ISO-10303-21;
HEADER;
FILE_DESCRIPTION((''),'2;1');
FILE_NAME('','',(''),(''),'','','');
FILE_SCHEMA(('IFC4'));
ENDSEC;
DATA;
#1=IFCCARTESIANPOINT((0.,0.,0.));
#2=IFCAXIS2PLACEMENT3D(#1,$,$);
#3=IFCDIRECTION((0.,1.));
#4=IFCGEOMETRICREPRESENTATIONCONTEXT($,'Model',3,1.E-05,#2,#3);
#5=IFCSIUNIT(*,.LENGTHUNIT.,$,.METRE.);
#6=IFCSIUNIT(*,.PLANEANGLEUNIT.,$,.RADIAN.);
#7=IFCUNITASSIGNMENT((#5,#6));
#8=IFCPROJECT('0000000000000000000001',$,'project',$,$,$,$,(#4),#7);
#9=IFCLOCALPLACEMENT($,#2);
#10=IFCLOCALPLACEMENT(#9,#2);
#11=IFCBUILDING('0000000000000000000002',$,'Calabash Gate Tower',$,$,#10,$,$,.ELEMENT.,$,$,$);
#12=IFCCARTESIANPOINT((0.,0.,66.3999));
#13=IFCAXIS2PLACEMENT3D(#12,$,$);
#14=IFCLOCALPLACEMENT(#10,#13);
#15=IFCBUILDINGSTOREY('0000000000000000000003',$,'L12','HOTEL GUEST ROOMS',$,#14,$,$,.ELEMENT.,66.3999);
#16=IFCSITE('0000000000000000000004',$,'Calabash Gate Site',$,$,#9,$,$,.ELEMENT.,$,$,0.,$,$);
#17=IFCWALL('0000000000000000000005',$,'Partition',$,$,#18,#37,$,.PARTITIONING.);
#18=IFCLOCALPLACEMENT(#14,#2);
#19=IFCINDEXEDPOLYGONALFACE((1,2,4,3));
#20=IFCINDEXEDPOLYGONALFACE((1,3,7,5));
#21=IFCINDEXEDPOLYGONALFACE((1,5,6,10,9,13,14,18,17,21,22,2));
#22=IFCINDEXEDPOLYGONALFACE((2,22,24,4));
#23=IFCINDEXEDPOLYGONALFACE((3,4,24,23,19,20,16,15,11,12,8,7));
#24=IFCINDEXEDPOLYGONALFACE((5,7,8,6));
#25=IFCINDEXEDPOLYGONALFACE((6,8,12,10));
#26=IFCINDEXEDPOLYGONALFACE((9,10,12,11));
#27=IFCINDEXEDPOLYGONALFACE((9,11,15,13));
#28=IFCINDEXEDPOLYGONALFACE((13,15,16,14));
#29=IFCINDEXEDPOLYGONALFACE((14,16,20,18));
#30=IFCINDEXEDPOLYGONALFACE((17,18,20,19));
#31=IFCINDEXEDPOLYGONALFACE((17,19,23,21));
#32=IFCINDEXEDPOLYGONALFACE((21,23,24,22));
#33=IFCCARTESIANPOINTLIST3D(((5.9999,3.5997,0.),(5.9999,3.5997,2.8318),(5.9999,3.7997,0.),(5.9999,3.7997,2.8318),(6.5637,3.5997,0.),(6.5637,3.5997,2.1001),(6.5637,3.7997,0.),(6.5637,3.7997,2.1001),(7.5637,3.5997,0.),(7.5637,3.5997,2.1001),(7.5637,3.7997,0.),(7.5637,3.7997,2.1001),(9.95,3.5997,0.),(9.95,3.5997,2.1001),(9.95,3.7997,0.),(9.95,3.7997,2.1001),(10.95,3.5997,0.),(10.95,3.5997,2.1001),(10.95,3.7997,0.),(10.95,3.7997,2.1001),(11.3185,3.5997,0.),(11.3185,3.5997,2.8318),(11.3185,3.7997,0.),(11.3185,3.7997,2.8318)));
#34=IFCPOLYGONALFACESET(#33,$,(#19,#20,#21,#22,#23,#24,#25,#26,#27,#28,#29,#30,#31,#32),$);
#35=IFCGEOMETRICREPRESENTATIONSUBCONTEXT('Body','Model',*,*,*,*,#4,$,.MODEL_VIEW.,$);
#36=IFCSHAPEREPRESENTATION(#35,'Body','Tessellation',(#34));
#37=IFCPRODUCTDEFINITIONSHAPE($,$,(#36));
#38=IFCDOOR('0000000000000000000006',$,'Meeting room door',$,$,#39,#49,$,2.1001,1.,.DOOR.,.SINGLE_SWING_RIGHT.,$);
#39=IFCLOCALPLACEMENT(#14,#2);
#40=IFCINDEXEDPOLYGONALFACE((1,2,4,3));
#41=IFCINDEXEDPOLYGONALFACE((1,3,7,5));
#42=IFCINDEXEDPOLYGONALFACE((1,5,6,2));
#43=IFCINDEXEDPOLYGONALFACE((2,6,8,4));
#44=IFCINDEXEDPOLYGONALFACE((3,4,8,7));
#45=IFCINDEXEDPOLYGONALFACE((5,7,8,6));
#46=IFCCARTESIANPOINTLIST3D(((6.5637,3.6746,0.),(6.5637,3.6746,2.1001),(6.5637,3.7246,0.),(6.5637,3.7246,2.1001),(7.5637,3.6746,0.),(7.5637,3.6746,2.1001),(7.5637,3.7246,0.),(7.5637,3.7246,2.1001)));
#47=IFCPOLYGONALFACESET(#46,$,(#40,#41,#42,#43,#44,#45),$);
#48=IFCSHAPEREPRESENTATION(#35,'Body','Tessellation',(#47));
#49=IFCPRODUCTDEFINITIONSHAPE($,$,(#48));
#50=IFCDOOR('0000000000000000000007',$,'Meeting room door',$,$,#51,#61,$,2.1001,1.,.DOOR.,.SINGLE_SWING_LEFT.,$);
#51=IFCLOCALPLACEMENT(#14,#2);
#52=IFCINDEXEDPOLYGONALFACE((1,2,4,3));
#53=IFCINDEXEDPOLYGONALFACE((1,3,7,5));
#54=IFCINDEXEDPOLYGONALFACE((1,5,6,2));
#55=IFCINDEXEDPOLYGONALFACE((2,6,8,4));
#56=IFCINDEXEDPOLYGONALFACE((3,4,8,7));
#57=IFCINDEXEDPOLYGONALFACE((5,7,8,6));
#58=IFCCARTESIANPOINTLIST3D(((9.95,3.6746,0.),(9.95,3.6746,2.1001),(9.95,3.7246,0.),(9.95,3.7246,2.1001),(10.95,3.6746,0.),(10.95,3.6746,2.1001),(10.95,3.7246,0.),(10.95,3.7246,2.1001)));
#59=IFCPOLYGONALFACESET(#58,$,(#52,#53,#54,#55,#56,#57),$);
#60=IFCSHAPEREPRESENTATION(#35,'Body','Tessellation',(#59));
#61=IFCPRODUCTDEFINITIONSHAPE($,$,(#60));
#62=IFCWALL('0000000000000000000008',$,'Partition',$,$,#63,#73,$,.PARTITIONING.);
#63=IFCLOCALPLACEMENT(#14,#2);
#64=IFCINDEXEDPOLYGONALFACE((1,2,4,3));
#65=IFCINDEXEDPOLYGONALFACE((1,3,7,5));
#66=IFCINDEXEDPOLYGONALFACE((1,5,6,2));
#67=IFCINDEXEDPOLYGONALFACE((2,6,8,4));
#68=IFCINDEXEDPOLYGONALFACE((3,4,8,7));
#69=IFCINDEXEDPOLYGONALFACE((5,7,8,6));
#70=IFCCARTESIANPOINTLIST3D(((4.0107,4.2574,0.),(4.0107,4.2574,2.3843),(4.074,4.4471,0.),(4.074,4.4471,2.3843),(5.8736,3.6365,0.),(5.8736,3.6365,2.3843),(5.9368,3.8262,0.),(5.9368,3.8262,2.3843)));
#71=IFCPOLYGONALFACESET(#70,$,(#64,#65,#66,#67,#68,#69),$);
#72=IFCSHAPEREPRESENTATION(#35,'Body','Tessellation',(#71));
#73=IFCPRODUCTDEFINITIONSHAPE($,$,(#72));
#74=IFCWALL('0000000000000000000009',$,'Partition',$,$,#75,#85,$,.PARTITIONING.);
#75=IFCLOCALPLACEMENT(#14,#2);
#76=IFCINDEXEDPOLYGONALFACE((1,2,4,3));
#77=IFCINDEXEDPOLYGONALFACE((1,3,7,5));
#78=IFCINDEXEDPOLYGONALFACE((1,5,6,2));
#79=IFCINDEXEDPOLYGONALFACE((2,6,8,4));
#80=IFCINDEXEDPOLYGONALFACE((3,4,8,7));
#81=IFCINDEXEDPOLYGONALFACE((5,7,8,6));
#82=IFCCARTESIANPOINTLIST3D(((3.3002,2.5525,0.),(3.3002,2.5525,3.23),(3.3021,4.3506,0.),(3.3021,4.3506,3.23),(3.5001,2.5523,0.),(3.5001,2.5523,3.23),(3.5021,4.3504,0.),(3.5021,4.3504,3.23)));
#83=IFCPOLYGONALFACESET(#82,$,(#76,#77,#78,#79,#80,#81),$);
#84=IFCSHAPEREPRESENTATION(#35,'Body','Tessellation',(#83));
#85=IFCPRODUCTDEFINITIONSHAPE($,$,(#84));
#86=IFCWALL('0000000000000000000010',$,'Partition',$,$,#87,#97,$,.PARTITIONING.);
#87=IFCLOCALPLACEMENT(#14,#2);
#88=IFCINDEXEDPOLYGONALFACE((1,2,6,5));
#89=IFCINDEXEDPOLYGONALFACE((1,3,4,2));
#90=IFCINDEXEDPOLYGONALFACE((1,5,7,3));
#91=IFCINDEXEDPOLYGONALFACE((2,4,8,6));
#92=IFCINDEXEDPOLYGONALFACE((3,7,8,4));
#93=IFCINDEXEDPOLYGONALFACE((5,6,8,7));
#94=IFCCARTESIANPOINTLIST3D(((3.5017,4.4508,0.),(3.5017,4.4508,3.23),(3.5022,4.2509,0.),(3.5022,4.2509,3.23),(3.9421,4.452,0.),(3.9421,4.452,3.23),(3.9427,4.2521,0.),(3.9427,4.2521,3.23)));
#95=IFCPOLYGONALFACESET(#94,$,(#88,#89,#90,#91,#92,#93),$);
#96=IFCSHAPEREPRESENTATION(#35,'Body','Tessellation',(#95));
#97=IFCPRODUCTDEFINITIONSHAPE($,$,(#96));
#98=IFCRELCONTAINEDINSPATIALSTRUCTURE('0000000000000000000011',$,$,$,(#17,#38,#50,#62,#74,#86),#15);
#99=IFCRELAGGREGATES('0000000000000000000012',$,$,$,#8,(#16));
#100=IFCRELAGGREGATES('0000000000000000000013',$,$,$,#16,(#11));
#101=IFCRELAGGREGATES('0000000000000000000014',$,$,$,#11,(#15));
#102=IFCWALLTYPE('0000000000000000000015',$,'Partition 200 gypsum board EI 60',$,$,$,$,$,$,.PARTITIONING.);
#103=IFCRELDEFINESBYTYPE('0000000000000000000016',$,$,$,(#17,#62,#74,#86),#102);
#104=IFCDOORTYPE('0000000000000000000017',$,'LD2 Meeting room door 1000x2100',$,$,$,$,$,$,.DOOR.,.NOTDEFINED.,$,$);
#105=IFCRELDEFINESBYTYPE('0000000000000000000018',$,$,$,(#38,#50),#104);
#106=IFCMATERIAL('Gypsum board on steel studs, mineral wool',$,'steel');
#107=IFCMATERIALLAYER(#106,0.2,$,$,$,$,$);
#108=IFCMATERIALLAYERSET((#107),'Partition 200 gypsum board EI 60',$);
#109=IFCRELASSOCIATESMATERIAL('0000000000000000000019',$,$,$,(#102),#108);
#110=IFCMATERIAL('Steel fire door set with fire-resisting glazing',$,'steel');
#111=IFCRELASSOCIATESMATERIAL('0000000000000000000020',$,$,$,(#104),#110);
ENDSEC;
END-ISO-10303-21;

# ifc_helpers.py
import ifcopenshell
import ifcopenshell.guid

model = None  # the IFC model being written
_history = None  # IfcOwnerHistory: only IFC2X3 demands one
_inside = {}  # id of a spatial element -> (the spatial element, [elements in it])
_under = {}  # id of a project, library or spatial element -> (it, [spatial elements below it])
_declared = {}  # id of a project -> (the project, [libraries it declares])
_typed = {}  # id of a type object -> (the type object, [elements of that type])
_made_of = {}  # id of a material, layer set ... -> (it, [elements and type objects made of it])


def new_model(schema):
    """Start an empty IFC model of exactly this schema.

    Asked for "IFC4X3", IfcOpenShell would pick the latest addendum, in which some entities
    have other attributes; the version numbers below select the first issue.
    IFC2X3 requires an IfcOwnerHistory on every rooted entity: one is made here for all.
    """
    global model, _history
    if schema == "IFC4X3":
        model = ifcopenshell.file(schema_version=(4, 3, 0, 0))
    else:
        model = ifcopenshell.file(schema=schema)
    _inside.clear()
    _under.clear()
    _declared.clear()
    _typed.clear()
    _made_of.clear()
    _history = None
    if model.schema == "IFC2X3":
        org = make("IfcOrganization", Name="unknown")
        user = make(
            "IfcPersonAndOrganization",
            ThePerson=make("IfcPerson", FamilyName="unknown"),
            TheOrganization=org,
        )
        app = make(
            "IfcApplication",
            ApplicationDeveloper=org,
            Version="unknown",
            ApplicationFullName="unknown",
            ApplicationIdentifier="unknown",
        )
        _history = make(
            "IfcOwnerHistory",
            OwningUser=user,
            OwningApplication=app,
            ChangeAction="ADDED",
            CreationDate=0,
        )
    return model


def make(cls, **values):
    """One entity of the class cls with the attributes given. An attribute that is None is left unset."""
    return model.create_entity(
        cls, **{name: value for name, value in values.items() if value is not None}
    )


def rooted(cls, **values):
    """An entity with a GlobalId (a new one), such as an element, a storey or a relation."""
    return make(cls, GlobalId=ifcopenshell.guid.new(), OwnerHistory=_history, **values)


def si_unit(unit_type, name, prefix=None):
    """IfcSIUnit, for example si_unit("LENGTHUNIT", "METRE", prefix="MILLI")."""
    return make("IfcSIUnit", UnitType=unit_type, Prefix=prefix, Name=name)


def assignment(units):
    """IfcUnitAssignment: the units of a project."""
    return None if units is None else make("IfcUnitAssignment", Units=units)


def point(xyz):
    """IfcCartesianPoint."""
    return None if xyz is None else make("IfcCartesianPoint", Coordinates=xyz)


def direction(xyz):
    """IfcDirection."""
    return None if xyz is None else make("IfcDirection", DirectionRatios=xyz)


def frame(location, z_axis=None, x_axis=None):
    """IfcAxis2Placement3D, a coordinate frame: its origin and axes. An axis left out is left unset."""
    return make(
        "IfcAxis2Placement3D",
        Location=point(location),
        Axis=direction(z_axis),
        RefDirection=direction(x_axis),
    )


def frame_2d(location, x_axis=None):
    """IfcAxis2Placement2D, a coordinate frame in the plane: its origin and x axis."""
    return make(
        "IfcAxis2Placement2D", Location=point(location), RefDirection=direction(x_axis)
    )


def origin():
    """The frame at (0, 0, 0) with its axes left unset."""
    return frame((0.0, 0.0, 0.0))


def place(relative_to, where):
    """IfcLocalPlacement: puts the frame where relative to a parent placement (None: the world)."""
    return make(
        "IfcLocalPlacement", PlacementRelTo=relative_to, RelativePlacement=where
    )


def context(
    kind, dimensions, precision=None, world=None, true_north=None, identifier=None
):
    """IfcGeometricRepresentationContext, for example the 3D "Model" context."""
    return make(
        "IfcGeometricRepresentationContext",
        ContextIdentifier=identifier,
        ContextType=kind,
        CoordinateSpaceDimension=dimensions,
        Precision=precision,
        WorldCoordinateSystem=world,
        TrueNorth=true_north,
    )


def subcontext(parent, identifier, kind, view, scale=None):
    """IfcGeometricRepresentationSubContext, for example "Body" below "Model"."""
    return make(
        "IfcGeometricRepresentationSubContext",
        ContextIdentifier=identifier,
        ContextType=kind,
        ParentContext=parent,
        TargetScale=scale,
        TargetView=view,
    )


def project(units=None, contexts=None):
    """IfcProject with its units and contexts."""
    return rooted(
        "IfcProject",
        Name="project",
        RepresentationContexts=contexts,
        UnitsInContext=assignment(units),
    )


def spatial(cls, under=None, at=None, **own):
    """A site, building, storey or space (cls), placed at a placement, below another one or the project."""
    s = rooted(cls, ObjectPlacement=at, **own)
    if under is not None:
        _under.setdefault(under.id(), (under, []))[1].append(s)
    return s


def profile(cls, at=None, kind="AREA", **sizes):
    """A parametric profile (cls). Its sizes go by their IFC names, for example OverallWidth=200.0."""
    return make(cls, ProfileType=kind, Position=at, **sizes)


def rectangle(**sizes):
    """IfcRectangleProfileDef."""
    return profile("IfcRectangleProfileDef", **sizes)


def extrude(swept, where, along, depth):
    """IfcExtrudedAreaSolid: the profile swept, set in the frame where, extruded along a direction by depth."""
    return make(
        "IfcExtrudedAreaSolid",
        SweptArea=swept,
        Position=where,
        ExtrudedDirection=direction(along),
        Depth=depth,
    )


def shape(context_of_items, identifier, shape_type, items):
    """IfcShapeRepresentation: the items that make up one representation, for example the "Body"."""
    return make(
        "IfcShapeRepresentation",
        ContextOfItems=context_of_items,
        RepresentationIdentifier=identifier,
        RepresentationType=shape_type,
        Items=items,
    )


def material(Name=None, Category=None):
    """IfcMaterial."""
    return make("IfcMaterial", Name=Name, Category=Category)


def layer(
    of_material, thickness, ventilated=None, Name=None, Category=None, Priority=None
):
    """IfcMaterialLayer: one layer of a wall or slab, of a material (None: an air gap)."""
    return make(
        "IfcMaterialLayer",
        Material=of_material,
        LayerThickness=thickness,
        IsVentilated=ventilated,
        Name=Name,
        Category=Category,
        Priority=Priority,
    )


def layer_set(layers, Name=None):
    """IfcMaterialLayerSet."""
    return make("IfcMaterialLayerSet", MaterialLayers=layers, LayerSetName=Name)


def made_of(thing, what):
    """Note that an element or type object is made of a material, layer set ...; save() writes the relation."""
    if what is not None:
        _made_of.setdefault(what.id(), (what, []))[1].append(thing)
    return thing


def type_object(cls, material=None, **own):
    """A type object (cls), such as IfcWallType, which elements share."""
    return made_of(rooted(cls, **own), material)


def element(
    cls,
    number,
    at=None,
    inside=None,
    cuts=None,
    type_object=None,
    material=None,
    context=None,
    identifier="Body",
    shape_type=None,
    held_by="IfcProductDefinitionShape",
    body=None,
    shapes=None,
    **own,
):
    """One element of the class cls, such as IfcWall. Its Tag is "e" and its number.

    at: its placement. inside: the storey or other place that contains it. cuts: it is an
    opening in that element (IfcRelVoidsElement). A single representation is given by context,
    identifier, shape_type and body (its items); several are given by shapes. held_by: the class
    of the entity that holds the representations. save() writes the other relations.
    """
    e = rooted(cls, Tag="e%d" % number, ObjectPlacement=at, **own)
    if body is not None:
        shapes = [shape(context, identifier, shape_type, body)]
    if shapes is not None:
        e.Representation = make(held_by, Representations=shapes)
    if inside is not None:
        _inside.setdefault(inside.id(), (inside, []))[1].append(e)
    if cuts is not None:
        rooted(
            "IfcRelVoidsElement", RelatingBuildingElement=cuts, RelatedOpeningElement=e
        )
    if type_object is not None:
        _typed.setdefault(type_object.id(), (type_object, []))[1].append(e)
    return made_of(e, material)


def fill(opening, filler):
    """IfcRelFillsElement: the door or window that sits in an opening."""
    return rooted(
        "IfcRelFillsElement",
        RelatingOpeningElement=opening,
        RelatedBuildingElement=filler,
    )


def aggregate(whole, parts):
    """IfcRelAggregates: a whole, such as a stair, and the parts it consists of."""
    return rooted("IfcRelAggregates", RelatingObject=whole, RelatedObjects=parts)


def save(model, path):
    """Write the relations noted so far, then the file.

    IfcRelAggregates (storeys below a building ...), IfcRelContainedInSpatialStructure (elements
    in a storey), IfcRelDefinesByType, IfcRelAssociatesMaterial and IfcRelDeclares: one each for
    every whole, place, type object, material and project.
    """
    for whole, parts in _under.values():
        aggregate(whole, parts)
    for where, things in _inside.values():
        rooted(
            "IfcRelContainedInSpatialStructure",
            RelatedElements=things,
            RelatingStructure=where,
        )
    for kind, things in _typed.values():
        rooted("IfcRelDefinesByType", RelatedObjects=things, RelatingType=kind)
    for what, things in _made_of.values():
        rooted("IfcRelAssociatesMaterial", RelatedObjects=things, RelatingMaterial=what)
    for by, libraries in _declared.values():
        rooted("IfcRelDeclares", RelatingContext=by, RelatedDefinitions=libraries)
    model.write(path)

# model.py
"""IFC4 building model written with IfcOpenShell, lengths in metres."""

from ifc_helpers import new_model, si_unit, direction, frame, frame_2d, origin, place, context, subcontext, project, spatial, rectangle, extrude, material, layer, layer_set, type_object, element, fill, save


model = new_model("IFC4")

# Units and contexts
model_context = context("Model", 3, precision=1e-05, world=origin(), true_north=direction((0.0, 1.0)))
body_context = subcontext(model_context, "Body", "Model", "MODEL_VIEW")
ifc_project = project(units=[si_unit("LENGTHUNIT", "METRE"), si_unit("PLANEANGLEUNIT", "RADIAN")], contexts=[model_context])

# Site, building, storey
site_placement = place(None, origin())
site = spatial("IfcSite", under=ifc_project, at=site_placement, Name="Calabash Gate Site", CompositionType="ELEMENT", RefElevation=0.0)
building_placement = place(site_placement, origin())
building = spatial("IfcBuilding", under=site, at=building_placement, Name="Calabash Gate Tower", CompositionType="ELEMENT")
storey_placement = place(building_placement, frame((0.0, 0.0, 66.3999)))
storey = spatial("IfcBuildingStorey", under=building, at=storey_placement, Name="L12", Description="HOTEL GUEST ROOMS", CompositionType="ELEMENT", Elevation=66.3999)

# Wall, openings, doors
ifc_material_1 = material(Name="Gypsum board on steel studs, mineral wool", Category="steel")
ifc_layer_1 = layer(ifc_material_1, 0.2)
ifc_layer_set_1 = layer_set([ifc_layer_1], Name="Partition 200 gypsum board EI 60")
wall_type_1 = type_object("IfcWallType", Name="Partition 200 gypsum board EI 60", PredefinedType="PARTITIONING", material=ifc_layer_set_1)
wall_1_placement = place(storey_placement, frame((6.0, 3.6997, 0.0), z_axis=(0.0, 0.0, 1.0), x_axis=(1.0, 0.0, 0.0)))
wall_1 = element("IfcWall", 1, at=wall_1_placement, inside=storey, type_object=wall_type_1, Name="Partition", PredefinedType="PARTITIONING", context=body_context, shape_type="SweptSolid", body=[
    extrude(rectangle(XDim=5.3186, YDim=0.2, at=frame_2d((2.6592, 0.0))), origin(), (0.0, 0.0, 1.0), 2.8318),
])
opening_1_placement = place(wall_1_placement, frame((0.5637, 0.0, 0.0)))
opening_1 = element("IfcOpeningElement", 2, at=opening_1_placement, cuts=wall_1, PredefinedType="OPENING", context=body_context, shape_type="SweptSolid", body=[
    extrude(rectangle(XDim=1.0, YDim=2.1001, at=frame_2d((0.5, 1.05))), frame((0.0, 0.1099, 0.0), z_axis=(0.0, -1.0, 0.0), x_axis=(1.0, 0.0, 0.0)), (0.0, 0.0, 1.0), 0.22),
])
opening_2_placement = place(wall_1_placement, frame((3.95, 0.0, 0.0)))
opening_2 = element("IfcOpeningElement", 3, at=opening_2_placement, cuts=wall_1, PredefinedType="OPENING", context=body_context, shape_type="SweptSolid", body=[
    extrude(rectangle(XDim=1.0, YDim=2.1001, at=frame_2d((0.5, 1.05))), frame((0.0, 0.1099, 0.0), z_axis=(0.0, -1.0, 0.0), x_axis=(1.0, 0.0, 0.0)), (0.0, 0.0, 1.0), 0.22),
])
ifc_material_2 = material(Name="Steel fire door set with fire-resisting glazing", Category="steel")
door_type_1 = type_object("IfcDoorType", Name="LD2 Meeting room door 1000x2100", OperationType="NOTDEFINED", PredefinedType="DOOR", material=ifc_material_2)
door_1_placement = place(opening_1_placement, origin())
door_1 = element("IfcDoor", 4, at=door_1_placement, inside=storey, type_object=door_type_1, Name="Meeting room door", OperationType="SINGLE_SWING_RIGHT", OverallHeight=2.1001, OverallWidth=1.0, PredefinedType="DOOR", context=body_context, shape_type="SweptSolid", body=[
    extrude(rectangle(XDim=1.0, YDim=2.1001, at=frame_2d((0.5, 1.05))), frame((0.0, 0.0249, 0.0), z_axis=(0.0, -1.0, 0.0), x_axis=(1.0, 0.0, 0.0)), (0.0, 0.0, 1.0), 0.05),
])
fill(opening_1, door_1)
door_2_placement = place(opening_2_placement, origin())
door_2 = element("IfcDoor", 5, at=door_2_placement, inside=storey, type_object=door_type_1, Name="Meeting room door", OperationType="SINGLE_SWING_LEFT", OverallHeight=2.1001, OverallWidth=1.0, PredefinedType="DOOR", context=body_context, shape_type="SweptSolid", body=[
    extrude(rectangle(XDim=1.0, YDim=2.1001, at=frame_2d((0.5, 1.05))), frame((0.0, 0.0249, 0.0), z_axis=(0.0, -1.0, 0.0), x_axis=(1.0, 0.0, 0.0)), (0.0, 0.0, 1.0), 0.05),
])
fill(opening_2, door_2)

# Walls
wall_2_placement = place(storey_placement, frame((4.0422, 4.3523, 0.0), z_axis=(0.0, 0.0, 1.0), x_axis=(0.948696, -0.31619, 0.0)))
element("IfcWall", 6, at=wall_2_placement, inside=storey, type_object=wall_type_1, Name="Partition", PredefinedType="PARTITIONING", context=body_context, shape_type="SweptSolid", body=[
    extrude(rectangle(XDim=1.9636, YDim=0.2, at=frame_2d((0.9819, 0.0))), origin(), (0.0, 0.0, 1.0), 2.3843),
])
wall_3_placement = place(storey_placement, frame((3.4001, 2.5525, 0.0), z_axis=(0.0, 0.0, 1.0), x_axis=(0.001086, 0.999999, 0.0)))
element("IfcWall", 7, at=wall_3_placement, inside=storey, type_object=wall_type_1, Name="Partition", PredefinedType="PARTITIONING", context=body_context, shape_type="SweptSolid", body=[
    extrude(rectangle(XDim=1.7981, YDim=0.2, at=frame_2d((0.8989, 0.0))), origin(), (0.0, 0.0, 1.0), 3.23),
])
wall_4_placement = place(storey_placement, frame((3.502, 4.3508, 0.0), z_axis=(0.0, 0.0, 1.0), x_axis=(0.999996, 0.002772, 0.0)))
element("IfcWall", 8, at=wall_4_placement, inside=storey, type_object=wall_type_1, Name="Partition", PredefinedType="PARTITIONING", context=body_context, shape_type="SweptSolid", body=[
    extrude(rectangle(XDim=0.4404, YDim=0.2, at=frame_2d((0.2202, 0.0))), origin(), (0.0, 0.0, 1.0), 3.23),
])

save(model, "model.ifc")
